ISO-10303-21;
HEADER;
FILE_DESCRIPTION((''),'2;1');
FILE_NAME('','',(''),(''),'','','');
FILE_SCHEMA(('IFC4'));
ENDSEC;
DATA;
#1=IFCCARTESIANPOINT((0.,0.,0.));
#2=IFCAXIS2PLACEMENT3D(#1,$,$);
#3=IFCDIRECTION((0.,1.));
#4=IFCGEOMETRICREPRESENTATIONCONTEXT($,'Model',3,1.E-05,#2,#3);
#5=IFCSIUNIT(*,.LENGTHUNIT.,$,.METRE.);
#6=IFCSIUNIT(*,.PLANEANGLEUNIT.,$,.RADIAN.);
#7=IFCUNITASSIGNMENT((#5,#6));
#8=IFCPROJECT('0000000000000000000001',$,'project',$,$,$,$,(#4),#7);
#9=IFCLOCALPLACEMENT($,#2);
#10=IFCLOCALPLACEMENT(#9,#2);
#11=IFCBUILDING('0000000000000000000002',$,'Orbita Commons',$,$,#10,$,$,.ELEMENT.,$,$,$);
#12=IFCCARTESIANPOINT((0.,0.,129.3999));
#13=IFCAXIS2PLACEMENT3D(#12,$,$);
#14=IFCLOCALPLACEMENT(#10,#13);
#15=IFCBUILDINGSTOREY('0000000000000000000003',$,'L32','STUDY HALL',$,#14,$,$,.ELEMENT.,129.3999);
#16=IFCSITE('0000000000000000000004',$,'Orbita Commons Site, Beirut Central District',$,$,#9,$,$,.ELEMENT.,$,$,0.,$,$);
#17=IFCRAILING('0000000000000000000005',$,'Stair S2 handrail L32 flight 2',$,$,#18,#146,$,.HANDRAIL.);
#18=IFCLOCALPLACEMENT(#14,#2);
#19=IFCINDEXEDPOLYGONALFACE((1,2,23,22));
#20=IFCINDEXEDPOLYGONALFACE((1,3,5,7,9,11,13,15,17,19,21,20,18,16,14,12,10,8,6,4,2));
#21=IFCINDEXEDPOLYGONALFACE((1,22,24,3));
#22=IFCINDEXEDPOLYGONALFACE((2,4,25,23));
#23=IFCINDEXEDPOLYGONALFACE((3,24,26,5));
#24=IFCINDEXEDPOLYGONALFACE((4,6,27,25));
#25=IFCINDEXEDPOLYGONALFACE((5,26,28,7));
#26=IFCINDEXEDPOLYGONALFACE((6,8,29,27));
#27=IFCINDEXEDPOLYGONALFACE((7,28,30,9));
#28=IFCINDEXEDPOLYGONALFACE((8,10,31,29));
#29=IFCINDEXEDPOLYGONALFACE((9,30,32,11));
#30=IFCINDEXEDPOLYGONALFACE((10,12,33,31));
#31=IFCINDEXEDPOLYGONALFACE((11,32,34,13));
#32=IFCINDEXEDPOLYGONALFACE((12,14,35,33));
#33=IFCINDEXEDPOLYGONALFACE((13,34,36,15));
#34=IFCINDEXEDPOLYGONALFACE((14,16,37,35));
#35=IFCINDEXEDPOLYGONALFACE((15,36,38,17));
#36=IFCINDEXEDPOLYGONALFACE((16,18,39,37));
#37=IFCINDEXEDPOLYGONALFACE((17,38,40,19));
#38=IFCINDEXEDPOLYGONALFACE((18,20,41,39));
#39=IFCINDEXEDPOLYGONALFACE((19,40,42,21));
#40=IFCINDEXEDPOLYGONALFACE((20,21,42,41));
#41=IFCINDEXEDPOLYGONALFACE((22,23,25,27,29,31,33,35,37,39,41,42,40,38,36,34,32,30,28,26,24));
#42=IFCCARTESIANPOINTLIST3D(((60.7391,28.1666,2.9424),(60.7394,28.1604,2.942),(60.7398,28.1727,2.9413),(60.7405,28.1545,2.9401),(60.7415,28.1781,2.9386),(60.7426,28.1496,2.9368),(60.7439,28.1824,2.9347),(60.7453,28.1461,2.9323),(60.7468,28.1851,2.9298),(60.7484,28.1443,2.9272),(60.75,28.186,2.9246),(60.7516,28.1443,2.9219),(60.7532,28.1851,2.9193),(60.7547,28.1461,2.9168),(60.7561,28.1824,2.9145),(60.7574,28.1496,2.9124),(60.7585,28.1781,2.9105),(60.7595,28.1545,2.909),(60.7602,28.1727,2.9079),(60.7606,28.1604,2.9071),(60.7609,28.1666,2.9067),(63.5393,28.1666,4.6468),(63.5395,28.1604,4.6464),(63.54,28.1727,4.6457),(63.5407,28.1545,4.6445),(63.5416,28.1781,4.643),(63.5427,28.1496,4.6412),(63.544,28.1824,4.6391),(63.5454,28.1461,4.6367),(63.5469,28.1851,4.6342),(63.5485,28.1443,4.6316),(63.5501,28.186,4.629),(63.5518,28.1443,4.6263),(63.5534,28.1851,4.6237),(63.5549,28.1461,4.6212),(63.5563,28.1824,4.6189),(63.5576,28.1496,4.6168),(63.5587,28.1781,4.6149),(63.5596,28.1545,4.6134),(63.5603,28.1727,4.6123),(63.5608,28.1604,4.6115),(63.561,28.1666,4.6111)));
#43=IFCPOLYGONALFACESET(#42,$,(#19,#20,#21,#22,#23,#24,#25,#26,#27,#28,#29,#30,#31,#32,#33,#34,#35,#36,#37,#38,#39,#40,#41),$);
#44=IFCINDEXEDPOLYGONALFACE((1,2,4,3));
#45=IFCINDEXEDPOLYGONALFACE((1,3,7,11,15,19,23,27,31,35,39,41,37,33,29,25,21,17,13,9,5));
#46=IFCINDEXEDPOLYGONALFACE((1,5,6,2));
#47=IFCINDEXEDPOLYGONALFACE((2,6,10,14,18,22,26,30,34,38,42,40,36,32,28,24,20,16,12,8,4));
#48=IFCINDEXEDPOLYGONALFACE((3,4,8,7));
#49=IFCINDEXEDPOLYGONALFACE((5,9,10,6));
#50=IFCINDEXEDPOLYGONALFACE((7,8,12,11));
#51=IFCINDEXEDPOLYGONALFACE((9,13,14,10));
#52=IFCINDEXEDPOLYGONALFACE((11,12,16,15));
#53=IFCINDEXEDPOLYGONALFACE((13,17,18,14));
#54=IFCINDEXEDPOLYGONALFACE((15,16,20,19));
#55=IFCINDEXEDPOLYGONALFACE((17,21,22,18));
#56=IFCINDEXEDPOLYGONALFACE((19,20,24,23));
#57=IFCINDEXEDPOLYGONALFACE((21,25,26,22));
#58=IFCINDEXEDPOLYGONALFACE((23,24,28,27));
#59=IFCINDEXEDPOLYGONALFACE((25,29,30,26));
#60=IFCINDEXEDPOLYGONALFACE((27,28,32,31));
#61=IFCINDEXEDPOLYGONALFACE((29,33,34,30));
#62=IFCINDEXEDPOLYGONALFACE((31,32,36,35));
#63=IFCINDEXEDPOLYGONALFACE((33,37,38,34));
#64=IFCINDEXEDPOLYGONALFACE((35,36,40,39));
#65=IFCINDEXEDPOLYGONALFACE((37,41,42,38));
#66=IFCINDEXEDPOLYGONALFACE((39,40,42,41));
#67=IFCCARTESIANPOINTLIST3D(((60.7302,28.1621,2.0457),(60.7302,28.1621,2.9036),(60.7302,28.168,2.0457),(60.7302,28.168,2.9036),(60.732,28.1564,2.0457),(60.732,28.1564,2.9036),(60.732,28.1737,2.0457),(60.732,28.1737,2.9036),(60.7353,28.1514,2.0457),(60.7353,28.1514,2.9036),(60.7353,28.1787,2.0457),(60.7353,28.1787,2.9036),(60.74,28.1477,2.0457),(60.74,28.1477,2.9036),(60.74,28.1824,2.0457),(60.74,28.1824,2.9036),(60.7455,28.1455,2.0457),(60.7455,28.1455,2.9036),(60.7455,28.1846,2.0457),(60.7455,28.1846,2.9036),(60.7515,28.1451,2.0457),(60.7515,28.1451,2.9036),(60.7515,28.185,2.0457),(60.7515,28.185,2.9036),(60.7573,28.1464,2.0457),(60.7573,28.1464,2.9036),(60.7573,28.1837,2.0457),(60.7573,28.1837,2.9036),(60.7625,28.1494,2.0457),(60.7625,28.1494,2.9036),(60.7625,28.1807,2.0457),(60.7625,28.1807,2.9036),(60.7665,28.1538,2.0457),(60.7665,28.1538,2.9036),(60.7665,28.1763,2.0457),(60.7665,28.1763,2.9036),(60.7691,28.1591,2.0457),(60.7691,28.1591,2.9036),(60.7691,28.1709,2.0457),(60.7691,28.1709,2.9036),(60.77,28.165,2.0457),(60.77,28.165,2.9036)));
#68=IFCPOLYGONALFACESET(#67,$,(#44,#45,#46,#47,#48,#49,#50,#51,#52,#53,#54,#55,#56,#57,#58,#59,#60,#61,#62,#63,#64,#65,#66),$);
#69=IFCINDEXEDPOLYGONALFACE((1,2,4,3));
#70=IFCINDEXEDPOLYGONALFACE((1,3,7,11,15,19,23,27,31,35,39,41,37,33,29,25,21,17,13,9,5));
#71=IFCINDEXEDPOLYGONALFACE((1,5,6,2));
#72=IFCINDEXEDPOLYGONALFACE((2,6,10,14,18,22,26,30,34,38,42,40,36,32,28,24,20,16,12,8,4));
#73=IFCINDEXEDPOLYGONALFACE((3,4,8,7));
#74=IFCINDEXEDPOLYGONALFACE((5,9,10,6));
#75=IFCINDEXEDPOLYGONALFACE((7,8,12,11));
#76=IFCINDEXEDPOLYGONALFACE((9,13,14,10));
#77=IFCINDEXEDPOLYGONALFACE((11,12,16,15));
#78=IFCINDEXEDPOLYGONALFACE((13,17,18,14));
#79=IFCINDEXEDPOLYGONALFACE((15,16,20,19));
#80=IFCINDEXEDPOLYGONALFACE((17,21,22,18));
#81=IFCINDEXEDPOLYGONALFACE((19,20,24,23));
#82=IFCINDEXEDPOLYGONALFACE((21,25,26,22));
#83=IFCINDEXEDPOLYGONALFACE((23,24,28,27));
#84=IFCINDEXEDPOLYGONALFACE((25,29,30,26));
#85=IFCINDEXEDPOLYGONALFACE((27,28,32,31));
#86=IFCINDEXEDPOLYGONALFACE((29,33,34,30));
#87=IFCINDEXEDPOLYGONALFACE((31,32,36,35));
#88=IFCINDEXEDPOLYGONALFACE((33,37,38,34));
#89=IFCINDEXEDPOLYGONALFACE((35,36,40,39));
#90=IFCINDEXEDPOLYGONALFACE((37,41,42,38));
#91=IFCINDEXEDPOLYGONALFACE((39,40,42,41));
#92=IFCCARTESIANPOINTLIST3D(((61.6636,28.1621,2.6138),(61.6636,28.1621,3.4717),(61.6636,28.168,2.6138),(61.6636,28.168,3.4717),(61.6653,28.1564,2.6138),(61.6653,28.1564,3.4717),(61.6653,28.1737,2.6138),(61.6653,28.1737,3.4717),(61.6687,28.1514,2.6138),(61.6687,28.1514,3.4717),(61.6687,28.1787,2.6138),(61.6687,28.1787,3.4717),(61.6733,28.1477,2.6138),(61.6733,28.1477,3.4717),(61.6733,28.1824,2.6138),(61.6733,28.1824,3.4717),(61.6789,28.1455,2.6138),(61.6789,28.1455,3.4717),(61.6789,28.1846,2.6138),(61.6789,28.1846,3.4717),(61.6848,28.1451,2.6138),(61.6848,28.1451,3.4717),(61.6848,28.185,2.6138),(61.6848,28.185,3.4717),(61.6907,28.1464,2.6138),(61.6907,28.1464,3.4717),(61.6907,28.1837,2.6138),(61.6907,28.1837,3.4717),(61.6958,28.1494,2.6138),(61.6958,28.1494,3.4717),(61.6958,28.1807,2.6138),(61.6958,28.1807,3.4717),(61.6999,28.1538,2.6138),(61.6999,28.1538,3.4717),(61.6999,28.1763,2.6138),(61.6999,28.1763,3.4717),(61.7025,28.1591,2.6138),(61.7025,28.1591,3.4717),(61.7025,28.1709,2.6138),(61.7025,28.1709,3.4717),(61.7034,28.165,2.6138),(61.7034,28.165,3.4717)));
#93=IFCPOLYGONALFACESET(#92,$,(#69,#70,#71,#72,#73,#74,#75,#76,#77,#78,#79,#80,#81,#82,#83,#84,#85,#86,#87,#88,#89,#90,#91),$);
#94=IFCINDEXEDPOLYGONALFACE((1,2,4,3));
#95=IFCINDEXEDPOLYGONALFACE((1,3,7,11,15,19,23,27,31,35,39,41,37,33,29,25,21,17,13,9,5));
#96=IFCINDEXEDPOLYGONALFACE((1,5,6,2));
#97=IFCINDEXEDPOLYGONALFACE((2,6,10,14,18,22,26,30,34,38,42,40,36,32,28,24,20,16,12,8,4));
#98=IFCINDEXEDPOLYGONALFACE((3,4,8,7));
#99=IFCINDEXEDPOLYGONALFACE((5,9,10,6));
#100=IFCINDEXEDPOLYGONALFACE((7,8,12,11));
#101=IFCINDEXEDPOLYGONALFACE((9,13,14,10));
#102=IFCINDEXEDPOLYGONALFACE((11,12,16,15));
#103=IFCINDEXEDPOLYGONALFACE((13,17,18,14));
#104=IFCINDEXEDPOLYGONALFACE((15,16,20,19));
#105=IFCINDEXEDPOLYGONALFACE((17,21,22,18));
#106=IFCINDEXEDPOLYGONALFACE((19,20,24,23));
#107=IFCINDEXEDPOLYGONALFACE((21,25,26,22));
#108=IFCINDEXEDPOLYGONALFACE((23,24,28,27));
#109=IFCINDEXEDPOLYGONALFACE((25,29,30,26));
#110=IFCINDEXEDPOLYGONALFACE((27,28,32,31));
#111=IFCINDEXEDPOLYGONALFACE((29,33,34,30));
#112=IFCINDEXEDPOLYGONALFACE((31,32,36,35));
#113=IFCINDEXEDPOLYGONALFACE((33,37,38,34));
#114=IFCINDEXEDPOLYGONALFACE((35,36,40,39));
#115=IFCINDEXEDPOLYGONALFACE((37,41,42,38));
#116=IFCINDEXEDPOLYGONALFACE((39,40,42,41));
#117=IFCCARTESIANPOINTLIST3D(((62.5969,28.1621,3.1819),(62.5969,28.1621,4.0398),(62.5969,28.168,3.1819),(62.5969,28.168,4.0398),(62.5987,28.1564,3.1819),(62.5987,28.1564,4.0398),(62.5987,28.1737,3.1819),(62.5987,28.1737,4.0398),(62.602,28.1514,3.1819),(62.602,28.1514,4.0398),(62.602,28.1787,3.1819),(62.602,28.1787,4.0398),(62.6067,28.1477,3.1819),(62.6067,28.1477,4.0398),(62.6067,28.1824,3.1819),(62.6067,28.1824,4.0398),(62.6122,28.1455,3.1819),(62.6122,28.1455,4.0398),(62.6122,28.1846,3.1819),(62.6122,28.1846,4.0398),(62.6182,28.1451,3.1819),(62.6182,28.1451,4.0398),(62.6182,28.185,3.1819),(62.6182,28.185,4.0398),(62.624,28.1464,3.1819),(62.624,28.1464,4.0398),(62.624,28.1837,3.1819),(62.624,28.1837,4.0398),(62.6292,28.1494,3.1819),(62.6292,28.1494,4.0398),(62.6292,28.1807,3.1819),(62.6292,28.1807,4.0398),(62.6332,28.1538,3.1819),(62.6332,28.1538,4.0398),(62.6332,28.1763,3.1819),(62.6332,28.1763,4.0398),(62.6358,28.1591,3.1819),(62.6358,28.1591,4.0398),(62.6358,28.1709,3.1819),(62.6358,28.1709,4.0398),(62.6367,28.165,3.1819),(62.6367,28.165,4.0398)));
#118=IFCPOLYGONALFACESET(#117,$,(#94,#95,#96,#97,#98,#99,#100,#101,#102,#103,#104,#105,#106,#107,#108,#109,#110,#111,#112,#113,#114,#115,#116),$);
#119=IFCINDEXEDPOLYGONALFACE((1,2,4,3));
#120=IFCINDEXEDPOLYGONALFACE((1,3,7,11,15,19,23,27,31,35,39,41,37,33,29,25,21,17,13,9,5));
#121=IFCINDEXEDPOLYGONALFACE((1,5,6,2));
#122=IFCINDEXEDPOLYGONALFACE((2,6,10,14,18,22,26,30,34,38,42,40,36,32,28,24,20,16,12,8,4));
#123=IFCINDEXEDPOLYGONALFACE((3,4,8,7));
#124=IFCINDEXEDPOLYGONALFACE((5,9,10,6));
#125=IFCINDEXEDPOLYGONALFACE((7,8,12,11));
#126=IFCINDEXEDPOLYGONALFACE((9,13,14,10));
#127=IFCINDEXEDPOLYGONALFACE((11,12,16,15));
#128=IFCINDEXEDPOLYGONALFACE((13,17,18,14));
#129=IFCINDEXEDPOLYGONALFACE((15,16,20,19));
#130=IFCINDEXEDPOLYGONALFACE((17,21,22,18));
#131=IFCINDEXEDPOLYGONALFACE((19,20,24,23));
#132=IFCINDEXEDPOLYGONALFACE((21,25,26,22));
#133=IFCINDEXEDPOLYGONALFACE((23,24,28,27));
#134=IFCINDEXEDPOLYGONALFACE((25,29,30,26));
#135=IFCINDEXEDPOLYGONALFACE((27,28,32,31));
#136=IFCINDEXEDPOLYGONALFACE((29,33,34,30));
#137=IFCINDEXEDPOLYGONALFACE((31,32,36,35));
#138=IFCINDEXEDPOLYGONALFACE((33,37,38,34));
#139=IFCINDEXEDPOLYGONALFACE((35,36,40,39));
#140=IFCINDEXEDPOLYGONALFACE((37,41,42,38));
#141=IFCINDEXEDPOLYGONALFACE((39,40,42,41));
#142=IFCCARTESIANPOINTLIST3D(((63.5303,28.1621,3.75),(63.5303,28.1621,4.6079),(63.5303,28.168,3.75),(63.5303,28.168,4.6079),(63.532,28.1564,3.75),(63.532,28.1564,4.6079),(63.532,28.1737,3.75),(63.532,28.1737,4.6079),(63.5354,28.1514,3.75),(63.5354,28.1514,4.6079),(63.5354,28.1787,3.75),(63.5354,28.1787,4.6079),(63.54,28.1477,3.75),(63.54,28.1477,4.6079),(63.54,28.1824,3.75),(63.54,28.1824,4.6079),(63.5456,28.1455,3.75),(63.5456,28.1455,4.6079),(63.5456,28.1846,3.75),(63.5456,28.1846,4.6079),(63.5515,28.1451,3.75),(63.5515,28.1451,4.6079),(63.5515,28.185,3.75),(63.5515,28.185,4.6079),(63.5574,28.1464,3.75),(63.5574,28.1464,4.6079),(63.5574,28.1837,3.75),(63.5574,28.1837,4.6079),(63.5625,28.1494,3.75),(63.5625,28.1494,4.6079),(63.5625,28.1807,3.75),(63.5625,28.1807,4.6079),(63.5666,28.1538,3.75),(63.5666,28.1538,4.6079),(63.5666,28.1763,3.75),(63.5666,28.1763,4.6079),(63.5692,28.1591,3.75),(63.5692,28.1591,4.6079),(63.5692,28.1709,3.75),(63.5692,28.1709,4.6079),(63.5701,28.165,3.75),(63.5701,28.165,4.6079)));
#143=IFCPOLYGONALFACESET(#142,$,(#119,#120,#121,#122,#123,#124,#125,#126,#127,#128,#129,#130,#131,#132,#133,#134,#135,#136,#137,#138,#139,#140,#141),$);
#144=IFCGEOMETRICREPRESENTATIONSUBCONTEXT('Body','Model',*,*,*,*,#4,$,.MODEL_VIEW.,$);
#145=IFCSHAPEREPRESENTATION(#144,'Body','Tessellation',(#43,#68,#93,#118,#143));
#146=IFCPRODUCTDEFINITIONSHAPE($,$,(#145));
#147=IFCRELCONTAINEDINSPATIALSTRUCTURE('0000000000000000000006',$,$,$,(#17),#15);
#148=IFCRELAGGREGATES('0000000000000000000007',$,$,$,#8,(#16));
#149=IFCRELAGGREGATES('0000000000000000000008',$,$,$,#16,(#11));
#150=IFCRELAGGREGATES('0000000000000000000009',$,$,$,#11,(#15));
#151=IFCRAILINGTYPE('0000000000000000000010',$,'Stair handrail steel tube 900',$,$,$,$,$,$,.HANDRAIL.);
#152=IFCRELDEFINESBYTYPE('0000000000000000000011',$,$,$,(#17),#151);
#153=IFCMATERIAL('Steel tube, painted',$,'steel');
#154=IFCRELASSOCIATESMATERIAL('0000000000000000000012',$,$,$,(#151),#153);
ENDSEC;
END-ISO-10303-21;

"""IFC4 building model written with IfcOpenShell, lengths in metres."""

from ifc_helpers import new_model, si_unit, direction, frame, origin, origin_2d, place, context, subcontext, project, spatial, circle, extrude, material, type_object, element, save


model = new_model("IFC4")

# Units and contexts
model_context = context("Model", 3, precision=1e-05, world=origin(), true_north=direction((0.0, 1.0)))
body_context = subcontext(model_context, "Body", "Model", "MODEL_VIEW")
ifc_project = project(units=[si_unit("LENGTHUNIT", "METRE"), si_unit("PLANEANGLEUNIT", "RADIAN")], contexts=[model_context])

# Site, building, storey
site_placement = place(None, origin())
site = spatial("IfcSite", under=ifc_project, at=site_placement, Name="Orbita Commons Site, Beirut Central District", CompositionType="ELEMENT", RefElevation=0.0)
building_placement = place(site_placement, origin())
building = spatial("IfcBuilding", under=site, at=building_placement, Name="Orbita Commons", CompositionType="ELEMENT")
storey_placement = place(building_placement, frame((0.0, 0.0, 129.3999)))
storey = spatial("IfcBuildingStorey", under=building, at=storey_placement, Name="L32", Description="STUDY HALL", CompositionType="ELEMENT", Elevation=129.3999)

# Railing
ifc_material_1 = material(Name="Steel tube, painted", Category="steel")
railing_type = type_object("IfcRailingType", Name="Stair handrail steel tube 900", PredefinedType="HANDRAIL", material=ifc_material_1)
for number, where, name in (
    (1, (60.75, 28.165, 2.0457), "Stair S2 handrail L32 flight 2"),
):
    element("IfcRailing", number, at=place(storey_placement, frame(where)), inside=storey, type_object=railing_type, Name=name, PredefinedType="HANDRAIL", context=body_context, shape_type="SweptSolid", body=[
        extrude(circle(Radius=0.021, at=origin_2d()), frame((0.0, 0.0, 0.8789), z_axis=(0.854203, 0.0, 0.51994), x_axis=(0.0, 1.0, 0.0)), (0.0, 0.0, 1.0), 3.2781),
        extrude(circle(Radius=0.02, at=origin_2d()), origin(), (0.0, 0.0, 1.0), 0.8579),
        extrude(circle(Radius=0.02, at=origin_2d()), frame((0.9333, 0.0, 0.5681)), (0.0, 0.0, 1.0), 0.8579),
        extrude(circle(Radius=0.02, at=origin_2d()), frame((1.8667, 0.0, 1.1362)), (0.0, 0.0, 1.0), 0.8579),
        extrude(circle(Radius=0.02, at=origin_2d()), frame((2.8, 0.0, 1.7043)), (0.0, 0.0, 1.0), 0.8579),
    ])

save(model, "model.ifc")
